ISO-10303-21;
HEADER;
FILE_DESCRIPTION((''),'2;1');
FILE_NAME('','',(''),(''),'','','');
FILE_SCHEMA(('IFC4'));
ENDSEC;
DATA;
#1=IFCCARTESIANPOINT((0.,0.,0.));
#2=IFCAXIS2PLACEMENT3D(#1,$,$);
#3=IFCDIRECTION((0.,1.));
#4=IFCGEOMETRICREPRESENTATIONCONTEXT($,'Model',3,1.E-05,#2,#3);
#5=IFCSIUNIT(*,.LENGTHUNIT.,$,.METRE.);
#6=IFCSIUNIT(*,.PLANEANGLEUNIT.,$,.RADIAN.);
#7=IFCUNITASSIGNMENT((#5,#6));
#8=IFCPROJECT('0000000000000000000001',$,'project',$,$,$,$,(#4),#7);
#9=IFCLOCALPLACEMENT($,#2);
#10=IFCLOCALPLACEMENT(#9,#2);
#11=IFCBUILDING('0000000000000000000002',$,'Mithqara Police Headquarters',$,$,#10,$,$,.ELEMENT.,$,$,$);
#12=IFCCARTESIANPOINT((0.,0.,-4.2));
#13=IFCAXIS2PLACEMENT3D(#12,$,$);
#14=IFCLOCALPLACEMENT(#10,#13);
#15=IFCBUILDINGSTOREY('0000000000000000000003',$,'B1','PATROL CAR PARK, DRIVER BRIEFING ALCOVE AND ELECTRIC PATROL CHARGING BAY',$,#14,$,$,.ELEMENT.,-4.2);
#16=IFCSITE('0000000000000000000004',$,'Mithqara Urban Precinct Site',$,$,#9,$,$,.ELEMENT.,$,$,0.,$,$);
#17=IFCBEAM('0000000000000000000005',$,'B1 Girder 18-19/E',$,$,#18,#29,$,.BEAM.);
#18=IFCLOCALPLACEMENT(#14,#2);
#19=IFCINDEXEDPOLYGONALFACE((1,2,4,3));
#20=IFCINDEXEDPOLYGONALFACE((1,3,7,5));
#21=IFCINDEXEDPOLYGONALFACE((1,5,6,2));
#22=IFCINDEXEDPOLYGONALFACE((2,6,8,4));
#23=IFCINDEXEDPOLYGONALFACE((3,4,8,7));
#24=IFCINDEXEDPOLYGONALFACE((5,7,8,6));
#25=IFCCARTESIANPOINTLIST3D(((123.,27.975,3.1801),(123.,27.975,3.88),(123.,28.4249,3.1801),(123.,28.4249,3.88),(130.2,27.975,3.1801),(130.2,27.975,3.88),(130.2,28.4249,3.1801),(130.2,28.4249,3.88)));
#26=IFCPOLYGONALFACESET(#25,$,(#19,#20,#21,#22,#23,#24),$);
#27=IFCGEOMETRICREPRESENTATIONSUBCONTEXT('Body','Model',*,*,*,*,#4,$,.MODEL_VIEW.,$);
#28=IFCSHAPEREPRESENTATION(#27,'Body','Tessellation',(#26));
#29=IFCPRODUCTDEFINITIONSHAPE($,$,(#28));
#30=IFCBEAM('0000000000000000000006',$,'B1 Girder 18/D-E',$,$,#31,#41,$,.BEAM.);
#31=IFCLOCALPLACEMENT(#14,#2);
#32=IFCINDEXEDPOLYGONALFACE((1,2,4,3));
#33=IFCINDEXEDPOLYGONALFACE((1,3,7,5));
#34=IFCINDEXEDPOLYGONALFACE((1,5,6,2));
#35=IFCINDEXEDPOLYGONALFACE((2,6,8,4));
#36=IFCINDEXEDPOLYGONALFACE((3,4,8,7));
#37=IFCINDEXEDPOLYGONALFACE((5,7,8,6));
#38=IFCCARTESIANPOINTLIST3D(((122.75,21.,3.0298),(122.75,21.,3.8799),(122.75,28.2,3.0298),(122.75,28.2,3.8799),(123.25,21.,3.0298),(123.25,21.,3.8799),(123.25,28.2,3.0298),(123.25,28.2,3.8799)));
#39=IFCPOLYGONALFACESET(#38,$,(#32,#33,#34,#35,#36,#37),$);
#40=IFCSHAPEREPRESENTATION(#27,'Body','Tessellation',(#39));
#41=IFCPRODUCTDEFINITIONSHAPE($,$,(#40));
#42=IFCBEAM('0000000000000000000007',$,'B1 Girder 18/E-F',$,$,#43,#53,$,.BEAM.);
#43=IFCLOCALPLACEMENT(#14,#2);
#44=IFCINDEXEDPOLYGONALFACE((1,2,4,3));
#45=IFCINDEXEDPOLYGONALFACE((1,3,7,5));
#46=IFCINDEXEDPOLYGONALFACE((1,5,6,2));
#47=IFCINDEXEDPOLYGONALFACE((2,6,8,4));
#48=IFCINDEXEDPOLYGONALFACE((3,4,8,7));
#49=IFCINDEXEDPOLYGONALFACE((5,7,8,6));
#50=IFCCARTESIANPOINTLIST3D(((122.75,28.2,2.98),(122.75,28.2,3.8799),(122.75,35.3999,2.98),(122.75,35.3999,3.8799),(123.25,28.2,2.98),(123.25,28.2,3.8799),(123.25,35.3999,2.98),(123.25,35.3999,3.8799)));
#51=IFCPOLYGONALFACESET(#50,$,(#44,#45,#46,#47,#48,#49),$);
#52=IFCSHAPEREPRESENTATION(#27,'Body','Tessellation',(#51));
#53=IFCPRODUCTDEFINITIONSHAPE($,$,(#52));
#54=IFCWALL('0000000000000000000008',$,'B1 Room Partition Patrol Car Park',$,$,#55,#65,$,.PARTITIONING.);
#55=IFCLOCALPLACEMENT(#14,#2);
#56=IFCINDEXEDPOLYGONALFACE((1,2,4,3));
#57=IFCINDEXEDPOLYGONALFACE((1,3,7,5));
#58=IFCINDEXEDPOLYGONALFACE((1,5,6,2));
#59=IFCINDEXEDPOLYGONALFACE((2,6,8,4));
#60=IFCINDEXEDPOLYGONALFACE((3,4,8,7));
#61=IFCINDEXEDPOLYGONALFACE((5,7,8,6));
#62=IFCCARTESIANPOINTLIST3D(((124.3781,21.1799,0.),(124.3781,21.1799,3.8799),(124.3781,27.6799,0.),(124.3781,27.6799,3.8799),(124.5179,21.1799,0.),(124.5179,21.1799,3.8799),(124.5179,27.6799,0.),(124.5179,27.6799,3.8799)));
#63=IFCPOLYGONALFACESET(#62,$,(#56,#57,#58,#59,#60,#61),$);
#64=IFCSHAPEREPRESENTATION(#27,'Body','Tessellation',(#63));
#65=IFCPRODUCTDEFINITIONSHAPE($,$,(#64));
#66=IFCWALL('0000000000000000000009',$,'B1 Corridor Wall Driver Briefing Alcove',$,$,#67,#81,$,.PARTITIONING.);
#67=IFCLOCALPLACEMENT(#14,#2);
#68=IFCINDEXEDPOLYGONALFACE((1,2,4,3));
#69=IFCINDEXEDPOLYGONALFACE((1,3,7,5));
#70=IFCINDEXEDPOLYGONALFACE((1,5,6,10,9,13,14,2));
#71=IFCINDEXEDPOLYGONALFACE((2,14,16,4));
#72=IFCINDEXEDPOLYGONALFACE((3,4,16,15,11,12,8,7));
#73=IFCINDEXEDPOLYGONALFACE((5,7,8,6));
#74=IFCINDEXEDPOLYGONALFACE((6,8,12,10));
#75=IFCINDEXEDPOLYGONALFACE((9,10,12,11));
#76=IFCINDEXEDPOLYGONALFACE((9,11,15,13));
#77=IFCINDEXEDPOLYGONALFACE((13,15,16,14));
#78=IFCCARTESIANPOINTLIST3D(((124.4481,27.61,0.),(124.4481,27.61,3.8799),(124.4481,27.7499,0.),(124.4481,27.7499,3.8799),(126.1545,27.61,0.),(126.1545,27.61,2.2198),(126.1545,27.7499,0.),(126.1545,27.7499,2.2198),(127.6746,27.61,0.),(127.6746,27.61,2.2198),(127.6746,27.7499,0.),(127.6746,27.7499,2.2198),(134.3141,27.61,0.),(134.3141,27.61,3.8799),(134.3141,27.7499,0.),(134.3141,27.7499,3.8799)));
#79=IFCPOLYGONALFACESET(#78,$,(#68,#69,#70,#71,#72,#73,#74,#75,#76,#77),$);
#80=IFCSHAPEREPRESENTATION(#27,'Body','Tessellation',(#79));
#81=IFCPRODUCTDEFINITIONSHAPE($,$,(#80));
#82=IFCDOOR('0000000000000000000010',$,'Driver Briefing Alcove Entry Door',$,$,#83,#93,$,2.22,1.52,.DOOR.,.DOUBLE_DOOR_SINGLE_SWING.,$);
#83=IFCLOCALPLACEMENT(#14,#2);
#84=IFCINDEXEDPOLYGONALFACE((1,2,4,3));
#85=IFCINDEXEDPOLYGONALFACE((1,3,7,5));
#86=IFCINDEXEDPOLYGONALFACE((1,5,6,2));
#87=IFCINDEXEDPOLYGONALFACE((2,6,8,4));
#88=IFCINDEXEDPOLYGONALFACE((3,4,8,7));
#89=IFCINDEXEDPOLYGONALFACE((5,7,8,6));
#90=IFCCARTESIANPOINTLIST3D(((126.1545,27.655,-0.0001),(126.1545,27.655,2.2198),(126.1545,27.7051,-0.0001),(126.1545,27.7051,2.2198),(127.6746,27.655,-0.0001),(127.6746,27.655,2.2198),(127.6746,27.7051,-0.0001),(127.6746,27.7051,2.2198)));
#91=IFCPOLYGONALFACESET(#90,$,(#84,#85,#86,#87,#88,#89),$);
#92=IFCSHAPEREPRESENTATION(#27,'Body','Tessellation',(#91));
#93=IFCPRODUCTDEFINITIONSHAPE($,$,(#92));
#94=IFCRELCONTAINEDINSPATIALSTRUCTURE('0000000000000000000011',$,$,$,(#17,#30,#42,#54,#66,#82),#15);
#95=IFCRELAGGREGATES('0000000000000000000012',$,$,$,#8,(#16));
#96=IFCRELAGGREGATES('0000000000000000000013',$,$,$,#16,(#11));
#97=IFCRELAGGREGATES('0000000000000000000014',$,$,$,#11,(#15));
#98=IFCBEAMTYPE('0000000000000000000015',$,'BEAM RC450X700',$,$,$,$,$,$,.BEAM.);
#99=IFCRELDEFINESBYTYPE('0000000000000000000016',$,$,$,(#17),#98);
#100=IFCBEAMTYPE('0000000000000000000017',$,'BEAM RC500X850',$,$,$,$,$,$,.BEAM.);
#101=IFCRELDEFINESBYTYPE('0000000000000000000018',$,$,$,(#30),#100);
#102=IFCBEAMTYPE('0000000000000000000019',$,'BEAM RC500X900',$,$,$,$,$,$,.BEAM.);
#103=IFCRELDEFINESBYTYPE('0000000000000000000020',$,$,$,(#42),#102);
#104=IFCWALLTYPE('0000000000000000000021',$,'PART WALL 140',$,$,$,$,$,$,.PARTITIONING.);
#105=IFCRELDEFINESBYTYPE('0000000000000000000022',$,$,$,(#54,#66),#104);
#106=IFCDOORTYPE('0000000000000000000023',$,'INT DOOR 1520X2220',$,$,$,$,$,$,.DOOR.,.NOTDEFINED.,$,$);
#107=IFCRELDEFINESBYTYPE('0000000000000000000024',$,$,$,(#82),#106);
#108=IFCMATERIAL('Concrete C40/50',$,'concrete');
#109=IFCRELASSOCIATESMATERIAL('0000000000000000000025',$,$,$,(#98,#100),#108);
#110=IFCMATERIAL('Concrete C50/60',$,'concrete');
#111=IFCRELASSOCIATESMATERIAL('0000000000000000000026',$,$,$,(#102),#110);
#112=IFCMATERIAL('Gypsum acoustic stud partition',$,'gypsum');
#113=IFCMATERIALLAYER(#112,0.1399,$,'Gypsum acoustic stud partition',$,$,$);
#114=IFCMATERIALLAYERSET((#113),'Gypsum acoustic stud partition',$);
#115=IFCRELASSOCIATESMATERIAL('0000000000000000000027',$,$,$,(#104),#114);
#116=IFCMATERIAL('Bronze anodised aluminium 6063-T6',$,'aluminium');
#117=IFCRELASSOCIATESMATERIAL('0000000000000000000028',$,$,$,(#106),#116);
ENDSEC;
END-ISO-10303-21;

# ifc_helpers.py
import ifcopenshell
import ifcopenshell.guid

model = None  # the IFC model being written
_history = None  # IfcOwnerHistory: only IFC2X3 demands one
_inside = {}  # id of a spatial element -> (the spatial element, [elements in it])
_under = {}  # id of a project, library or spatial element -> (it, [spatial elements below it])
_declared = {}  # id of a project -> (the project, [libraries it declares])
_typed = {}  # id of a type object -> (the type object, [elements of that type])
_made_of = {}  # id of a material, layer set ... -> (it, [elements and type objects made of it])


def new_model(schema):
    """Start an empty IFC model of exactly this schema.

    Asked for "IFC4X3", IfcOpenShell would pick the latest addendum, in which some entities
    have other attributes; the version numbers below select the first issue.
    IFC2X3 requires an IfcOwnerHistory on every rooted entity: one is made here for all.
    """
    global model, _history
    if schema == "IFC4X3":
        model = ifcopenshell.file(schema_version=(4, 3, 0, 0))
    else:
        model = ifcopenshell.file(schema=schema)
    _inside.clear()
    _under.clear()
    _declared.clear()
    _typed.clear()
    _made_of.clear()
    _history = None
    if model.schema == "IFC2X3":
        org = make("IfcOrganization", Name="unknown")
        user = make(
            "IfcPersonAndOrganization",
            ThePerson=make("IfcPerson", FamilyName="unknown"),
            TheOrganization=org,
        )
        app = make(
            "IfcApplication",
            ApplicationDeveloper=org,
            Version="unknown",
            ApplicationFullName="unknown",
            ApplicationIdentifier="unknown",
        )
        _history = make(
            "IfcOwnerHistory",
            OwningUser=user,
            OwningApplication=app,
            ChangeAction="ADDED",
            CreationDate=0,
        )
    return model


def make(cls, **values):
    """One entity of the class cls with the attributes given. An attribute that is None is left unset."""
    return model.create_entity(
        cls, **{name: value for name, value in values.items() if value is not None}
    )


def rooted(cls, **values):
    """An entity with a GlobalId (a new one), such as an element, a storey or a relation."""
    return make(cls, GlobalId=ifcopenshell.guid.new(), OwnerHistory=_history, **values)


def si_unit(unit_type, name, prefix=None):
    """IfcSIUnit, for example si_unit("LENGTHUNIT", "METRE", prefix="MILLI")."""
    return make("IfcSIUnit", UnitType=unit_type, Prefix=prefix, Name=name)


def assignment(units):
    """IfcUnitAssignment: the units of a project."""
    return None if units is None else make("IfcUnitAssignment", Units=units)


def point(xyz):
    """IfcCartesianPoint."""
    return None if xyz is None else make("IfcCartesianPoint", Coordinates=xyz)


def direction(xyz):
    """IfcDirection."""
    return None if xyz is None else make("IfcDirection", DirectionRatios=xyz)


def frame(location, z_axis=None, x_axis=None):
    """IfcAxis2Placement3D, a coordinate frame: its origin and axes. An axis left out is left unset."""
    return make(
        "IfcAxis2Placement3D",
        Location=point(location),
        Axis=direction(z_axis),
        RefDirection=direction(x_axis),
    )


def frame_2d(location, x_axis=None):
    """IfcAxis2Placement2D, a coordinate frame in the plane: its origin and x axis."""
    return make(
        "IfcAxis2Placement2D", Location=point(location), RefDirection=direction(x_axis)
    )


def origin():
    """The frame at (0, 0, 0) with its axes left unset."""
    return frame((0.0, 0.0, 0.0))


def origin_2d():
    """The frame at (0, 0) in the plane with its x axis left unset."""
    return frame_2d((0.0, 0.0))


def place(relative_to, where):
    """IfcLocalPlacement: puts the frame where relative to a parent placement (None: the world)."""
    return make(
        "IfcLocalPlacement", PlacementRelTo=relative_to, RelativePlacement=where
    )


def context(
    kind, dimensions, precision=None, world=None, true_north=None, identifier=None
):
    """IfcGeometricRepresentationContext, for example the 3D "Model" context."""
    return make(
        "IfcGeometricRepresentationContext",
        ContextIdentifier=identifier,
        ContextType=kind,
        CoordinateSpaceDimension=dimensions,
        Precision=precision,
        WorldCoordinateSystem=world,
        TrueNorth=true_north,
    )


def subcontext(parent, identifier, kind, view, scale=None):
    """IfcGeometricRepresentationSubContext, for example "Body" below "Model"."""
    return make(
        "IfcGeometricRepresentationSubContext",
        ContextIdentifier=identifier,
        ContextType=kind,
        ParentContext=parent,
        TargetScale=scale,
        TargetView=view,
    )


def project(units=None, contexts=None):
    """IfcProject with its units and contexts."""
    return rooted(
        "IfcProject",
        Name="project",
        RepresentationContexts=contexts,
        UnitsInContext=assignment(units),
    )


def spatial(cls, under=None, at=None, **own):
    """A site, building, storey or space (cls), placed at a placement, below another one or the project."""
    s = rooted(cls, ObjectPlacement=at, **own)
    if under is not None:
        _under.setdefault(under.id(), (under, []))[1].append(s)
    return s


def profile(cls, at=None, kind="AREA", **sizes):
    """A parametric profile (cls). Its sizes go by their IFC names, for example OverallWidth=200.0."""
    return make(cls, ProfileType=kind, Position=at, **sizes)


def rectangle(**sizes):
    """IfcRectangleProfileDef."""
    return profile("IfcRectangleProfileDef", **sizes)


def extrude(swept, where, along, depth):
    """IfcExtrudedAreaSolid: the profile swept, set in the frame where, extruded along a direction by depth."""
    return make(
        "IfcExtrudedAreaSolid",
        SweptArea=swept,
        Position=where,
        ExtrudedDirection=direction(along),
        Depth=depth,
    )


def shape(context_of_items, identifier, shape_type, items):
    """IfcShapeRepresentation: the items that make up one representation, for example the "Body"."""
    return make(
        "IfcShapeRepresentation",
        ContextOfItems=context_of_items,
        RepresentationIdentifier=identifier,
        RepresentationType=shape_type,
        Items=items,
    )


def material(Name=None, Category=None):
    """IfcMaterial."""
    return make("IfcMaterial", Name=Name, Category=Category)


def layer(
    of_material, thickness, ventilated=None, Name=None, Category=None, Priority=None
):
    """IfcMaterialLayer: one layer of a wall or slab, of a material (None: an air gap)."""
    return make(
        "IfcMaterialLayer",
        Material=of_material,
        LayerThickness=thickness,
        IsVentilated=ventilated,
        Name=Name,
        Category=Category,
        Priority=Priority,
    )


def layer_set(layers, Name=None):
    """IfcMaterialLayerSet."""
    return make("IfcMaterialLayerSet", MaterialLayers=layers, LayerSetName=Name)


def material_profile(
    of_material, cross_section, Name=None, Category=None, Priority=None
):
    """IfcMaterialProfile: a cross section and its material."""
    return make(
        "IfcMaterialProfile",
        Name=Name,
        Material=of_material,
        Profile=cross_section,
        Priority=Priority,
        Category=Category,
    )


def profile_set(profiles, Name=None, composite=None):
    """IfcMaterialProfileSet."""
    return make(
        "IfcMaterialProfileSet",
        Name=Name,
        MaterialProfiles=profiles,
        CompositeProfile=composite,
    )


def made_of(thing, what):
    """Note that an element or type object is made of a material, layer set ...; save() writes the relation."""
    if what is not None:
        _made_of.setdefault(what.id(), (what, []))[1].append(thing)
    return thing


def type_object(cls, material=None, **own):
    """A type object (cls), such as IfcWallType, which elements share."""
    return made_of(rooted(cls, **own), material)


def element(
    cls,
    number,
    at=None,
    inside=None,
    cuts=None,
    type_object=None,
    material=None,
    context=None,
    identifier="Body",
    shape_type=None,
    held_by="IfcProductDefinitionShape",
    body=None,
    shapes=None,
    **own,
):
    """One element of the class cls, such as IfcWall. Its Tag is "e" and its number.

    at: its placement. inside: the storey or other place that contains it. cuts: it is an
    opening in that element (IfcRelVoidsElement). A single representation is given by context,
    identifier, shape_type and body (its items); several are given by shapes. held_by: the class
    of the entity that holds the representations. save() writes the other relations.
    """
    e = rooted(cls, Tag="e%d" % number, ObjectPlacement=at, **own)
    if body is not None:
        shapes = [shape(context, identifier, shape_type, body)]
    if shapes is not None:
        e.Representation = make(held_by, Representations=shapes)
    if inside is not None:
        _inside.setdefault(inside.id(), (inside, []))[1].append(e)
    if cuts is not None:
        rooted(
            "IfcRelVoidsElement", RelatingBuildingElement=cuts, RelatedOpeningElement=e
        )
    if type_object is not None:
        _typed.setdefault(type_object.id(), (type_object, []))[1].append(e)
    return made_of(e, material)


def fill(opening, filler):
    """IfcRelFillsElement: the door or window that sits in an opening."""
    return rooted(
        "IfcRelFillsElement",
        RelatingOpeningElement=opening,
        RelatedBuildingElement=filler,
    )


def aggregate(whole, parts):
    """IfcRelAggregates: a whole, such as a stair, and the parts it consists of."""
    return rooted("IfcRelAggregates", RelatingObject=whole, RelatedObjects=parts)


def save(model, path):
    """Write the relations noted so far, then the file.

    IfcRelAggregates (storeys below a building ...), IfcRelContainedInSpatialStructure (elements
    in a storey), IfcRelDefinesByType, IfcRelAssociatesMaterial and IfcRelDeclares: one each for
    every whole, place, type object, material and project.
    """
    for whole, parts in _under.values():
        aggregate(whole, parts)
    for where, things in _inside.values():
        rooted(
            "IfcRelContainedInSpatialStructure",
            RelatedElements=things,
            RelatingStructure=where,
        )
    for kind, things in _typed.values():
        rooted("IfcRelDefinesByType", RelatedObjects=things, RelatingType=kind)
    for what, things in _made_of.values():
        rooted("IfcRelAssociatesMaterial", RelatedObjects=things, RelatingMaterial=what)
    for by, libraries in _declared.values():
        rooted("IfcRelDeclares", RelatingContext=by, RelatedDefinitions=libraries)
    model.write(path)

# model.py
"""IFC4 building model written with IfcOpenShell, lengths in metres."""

from ifc_helpers import new_model, si_unit, direction, frame, frame_2d, origin, origin_2d, place, context, subcontext, project, spatial, rectangle, extrude, material, layer, layer_set, material_profile, profile_set, type_object, element, fill, save


model = new_model("IFC4")

# Units and contexts
model_context = context("Model", 3, precision=1e-05, world=origin(), true_north=direction((0.0, 1.0)))
body_context = subcontext(model_context, "Body", "Model", "MODEL_VIEW")
ifc_project = project(units=[si_unit("LENGTHUNIT", "METRE"), si_unit("PLANEANGLEUNIT", "RADIAN")], contexts=[model_context])

# Site, building, storey
site_placement = place(None, origin())
site = spatial("IfcSite", under=ifc_project, at=site_placement, Name="Mithqara Urban Precinct Site", CompositionType="ELEMENT", RefElevation=0.0)
building_placement = place(site_placement, origin())
building = spatial("IfcBuilding", under=site, at=building_placement, Name="Mithqara Police Headquarters", CompositionType="ELEMENT")
storey_placement = place(building_placement, frame((0.0, 0.0, -4.2)))
storey = spatial("IfcBuildingStorey", under=building, at=storey_placement, Name="B1", Description="PATROL CAR PARK, DRIVER BRIEFING ALCOVE AND ELECTRIC PATROL CHARGING BAY", CompositionType="ELEMENT", Elevation=-4.2)

# Shared definitions
ifc_material_1 = material(Name="Concrete C40/50", Category="concrete")

# Shared definitions
ifc_material_2 = material(Name="Concrete C50/60", Category="concrete")

# Beams
ifc_material_profile_1 = material_profile(ifc_material_1, rectangle(XDim=0.45, YDim=0.7, at=origin_2d()), Name="RC 450x700")
ifc_profile_set_1 = profile_set([ifc_material_profile_1], Name="Concrete C40/50")
beam_type_1 = type_object("IfcBeamType", Name="BEAM RC450X700", PredefinedType="BEAM", material=ifc_profile_set_1)
beam_1_placement = place(storey_placement, frame((123.0, 28.2, 3.53), z_axis=(1.0, 0.0, 0.0), x_axis=(0.0, 1.0, 0.0)))
element("IfcBeam", 1, at=beam_1_placement, inside=storey, type_object=beam_type_1, Name="B1 Girder 18-19/E", PredefinedType="BEAM", context=body_context, shape_type="SweptSolid", body=[
    extrude(rectangle(XDim=0.45, YDim=0.7, at=origin_2d()), origin(), (0.0, 0.0, 1.0), 7.2),
])
ifc_material_profile_2 = material_profile(ifc_material_1, rectangle(XDim=0.5, YDim=0.8501, at=origin_2d()), Name="RC 500x850")
ifc_profile_set_2 = profile_set([ifc_material_profile_2], Name="Concrete C40/50")
beam_type_2 = type_object("IfcBeamType", Name="BEAM RC500X850", PredefinedType="BEAM", material=ifc_profile_set_2)
beam_2_placement = place(storey_placement, frame((123.0, 21.0, 3.4548), z_axis=(0.0, 1.0, 0.0), x_axis=(-1.0, 0.0, 0.0)))
element("IfcBeam", 2, at=beam_2_placement, inside=storey, type_object=beam_type_2, Name="B1 Girder 18/D-E", PredefinedType="BEAM", context=body_context, shape_type="SweptSolid", body=[
    extrude(rectangle(XDim=0.5, YDim=0.8501, at=origin_2d()), origin(), (0.0, 0.0, 1.0), 7.2),
])
ifc_material_profile_3 = material_profile(ifc_material_2, rectangle(XDim=0.5, YDim=0.8999, at=origin_2d()), Name="RC 500x900")
ifc_profile_set_3 = profile_set([ifc_material_profile_3], Name="Concrete C50/60")
beam_type_3 = type_object("IfcBeamType", Name="BEAM RC500X900", PredefinedType="BEAM", material=ifc_profile_set_3)
beam_3_placement = place(storey_placement, frame((123.0, 28.2, 3.4299), z_axis=(0.0, 1.0, 0.0), x_axis=(-1.0, 0.0, 0.0)))
element("IfcBeam", 3, at=beam_3_placement, inside=storey, type_object=beam_type_3, Name="B1 Girder 18/E-F", PredefinedType="BEAM", context=body_context, shape_type="SweptSolid", body=[
    extrude(rectangle(XDim=0.5, YDim=0.8999, at=origin_2d()), origin(), (0.0, 0.0, 1.0), 7.2),
])

# Wall
ifc_material_3 = material(Name="Gypsum acoustic stud partition", Category="gypsum")
ifc_layer = layer(ifc_material_3, 0.1399, Name="Gypsum acoustic stud partition")
ifc_layer_set = layer_set([ifc_layer], Name="Gypsum acoustic stud partition")
wall_type = type_object("IfcWallType", Name="PART WALL 140", PredefinedType="PARTITIONING", material=ifc_layer_set)
wall_1_placement = place(storey_placement, frame((124.448, 21.1799, 0.0), z_axis=(0.0, 0.0, 1.0), x_axis=(0.0, 1.0, 0.0)))
element("IfcWall", 4, at=wall_1_placement, inside=storey, type_object=wall_type, Name="B1 Room Partition Patrol Car Park", PredefinedType="PARTITIONING", context=body_context, shape_type="SweptSolid", body=[
    extrude(rectangle(XDim=6.5, YDim=0.1399, at=frame_2d((3.25, 0.0))), origin(), (0.0, 0.0, 1.0), 3.8799),
])

# Wall, opening, door
wall_2_placement = place(storey_placement, frame((124.448, 27.6799, 0.0), z_axis=(0.0, 0.0, 1.0), x_axis=(1.0, 0.0, 0.0)))
wall_2 = element("IfcWall", 5, at=wall_2_placement, inside=storey, type_object=wall_type, Name="B1 Corridor Wall Driver Briefing Alcove", PredefinedType="PARTITIONING", context=body_context, shape_type="SweptSolid", body=[
    extrude(rectangle(XDim=9.866, YDim=0.1399, at=frame_2d((4.9331, 0.0))), origin(), (0.0, 0.0, 1.0), 3.8799),
])
opening_placement = place(wall_2_placement, frame((1.7065, 0.0, 0.0)))
opening = element("IfcOpeningElement", 6, at=opening_placement, cuts=wall_2, PredefinedType="OPENING", context=body_context, shape_type="SweptSolid", body=[
    extrude(rectangle(XDim=1.52, YDim=2.22, at=frame_2d((0.76, 1.1099))), frame((0.0, 0.0801, 0.0), z_axis=(0.0, -1.0, 0.0), x_axis=(1.0, 0.0, 0.0)), (0.0, 0.0, 1.0), 0.1599),
])
ifc_material_4 = material(Name="Bronze anodised aluminium 6063-T6", Category="aluminium")
door_type = type_object("IfcDoorType", Name="INT DOOR 1520X2220", OperationType="NOTDEFINED", PredefinedType="DOOR", material=ifc_material_4)
door_placement = place(opening_placement, frame((1.52, 0.0, 0.0), z_axis=(0.0, 0.0, 1.0), x_axis=(-1.0, 0.0, 0.0)))
door = element("IfcDoor", 7, at=door_placement, inside=storey, type_object=door_type, Name="Driver Briefing Alcove Entry Door", OperationType="DOUBLE_DOOR_SINGLE_SWING", OverallHeight=2.22, OverallWidth=1.52, PredefinedType="DOOR", context=body_context, shape_type="SweptSolid", body=[
    extrude(rectangle(XDim=1.52, YDim=2.22, at=frame_2d((0.76, 1.1099))), frame((0.0, 0.0249, 0.0), z_axis=(0.0, -1.0, 0.0), x_axis=(1.0, 0.0, 0.0)), (0.0, 0.0, 1.0), 0.05),
])
fill(opening, door)

save(model, "model.ifc")
